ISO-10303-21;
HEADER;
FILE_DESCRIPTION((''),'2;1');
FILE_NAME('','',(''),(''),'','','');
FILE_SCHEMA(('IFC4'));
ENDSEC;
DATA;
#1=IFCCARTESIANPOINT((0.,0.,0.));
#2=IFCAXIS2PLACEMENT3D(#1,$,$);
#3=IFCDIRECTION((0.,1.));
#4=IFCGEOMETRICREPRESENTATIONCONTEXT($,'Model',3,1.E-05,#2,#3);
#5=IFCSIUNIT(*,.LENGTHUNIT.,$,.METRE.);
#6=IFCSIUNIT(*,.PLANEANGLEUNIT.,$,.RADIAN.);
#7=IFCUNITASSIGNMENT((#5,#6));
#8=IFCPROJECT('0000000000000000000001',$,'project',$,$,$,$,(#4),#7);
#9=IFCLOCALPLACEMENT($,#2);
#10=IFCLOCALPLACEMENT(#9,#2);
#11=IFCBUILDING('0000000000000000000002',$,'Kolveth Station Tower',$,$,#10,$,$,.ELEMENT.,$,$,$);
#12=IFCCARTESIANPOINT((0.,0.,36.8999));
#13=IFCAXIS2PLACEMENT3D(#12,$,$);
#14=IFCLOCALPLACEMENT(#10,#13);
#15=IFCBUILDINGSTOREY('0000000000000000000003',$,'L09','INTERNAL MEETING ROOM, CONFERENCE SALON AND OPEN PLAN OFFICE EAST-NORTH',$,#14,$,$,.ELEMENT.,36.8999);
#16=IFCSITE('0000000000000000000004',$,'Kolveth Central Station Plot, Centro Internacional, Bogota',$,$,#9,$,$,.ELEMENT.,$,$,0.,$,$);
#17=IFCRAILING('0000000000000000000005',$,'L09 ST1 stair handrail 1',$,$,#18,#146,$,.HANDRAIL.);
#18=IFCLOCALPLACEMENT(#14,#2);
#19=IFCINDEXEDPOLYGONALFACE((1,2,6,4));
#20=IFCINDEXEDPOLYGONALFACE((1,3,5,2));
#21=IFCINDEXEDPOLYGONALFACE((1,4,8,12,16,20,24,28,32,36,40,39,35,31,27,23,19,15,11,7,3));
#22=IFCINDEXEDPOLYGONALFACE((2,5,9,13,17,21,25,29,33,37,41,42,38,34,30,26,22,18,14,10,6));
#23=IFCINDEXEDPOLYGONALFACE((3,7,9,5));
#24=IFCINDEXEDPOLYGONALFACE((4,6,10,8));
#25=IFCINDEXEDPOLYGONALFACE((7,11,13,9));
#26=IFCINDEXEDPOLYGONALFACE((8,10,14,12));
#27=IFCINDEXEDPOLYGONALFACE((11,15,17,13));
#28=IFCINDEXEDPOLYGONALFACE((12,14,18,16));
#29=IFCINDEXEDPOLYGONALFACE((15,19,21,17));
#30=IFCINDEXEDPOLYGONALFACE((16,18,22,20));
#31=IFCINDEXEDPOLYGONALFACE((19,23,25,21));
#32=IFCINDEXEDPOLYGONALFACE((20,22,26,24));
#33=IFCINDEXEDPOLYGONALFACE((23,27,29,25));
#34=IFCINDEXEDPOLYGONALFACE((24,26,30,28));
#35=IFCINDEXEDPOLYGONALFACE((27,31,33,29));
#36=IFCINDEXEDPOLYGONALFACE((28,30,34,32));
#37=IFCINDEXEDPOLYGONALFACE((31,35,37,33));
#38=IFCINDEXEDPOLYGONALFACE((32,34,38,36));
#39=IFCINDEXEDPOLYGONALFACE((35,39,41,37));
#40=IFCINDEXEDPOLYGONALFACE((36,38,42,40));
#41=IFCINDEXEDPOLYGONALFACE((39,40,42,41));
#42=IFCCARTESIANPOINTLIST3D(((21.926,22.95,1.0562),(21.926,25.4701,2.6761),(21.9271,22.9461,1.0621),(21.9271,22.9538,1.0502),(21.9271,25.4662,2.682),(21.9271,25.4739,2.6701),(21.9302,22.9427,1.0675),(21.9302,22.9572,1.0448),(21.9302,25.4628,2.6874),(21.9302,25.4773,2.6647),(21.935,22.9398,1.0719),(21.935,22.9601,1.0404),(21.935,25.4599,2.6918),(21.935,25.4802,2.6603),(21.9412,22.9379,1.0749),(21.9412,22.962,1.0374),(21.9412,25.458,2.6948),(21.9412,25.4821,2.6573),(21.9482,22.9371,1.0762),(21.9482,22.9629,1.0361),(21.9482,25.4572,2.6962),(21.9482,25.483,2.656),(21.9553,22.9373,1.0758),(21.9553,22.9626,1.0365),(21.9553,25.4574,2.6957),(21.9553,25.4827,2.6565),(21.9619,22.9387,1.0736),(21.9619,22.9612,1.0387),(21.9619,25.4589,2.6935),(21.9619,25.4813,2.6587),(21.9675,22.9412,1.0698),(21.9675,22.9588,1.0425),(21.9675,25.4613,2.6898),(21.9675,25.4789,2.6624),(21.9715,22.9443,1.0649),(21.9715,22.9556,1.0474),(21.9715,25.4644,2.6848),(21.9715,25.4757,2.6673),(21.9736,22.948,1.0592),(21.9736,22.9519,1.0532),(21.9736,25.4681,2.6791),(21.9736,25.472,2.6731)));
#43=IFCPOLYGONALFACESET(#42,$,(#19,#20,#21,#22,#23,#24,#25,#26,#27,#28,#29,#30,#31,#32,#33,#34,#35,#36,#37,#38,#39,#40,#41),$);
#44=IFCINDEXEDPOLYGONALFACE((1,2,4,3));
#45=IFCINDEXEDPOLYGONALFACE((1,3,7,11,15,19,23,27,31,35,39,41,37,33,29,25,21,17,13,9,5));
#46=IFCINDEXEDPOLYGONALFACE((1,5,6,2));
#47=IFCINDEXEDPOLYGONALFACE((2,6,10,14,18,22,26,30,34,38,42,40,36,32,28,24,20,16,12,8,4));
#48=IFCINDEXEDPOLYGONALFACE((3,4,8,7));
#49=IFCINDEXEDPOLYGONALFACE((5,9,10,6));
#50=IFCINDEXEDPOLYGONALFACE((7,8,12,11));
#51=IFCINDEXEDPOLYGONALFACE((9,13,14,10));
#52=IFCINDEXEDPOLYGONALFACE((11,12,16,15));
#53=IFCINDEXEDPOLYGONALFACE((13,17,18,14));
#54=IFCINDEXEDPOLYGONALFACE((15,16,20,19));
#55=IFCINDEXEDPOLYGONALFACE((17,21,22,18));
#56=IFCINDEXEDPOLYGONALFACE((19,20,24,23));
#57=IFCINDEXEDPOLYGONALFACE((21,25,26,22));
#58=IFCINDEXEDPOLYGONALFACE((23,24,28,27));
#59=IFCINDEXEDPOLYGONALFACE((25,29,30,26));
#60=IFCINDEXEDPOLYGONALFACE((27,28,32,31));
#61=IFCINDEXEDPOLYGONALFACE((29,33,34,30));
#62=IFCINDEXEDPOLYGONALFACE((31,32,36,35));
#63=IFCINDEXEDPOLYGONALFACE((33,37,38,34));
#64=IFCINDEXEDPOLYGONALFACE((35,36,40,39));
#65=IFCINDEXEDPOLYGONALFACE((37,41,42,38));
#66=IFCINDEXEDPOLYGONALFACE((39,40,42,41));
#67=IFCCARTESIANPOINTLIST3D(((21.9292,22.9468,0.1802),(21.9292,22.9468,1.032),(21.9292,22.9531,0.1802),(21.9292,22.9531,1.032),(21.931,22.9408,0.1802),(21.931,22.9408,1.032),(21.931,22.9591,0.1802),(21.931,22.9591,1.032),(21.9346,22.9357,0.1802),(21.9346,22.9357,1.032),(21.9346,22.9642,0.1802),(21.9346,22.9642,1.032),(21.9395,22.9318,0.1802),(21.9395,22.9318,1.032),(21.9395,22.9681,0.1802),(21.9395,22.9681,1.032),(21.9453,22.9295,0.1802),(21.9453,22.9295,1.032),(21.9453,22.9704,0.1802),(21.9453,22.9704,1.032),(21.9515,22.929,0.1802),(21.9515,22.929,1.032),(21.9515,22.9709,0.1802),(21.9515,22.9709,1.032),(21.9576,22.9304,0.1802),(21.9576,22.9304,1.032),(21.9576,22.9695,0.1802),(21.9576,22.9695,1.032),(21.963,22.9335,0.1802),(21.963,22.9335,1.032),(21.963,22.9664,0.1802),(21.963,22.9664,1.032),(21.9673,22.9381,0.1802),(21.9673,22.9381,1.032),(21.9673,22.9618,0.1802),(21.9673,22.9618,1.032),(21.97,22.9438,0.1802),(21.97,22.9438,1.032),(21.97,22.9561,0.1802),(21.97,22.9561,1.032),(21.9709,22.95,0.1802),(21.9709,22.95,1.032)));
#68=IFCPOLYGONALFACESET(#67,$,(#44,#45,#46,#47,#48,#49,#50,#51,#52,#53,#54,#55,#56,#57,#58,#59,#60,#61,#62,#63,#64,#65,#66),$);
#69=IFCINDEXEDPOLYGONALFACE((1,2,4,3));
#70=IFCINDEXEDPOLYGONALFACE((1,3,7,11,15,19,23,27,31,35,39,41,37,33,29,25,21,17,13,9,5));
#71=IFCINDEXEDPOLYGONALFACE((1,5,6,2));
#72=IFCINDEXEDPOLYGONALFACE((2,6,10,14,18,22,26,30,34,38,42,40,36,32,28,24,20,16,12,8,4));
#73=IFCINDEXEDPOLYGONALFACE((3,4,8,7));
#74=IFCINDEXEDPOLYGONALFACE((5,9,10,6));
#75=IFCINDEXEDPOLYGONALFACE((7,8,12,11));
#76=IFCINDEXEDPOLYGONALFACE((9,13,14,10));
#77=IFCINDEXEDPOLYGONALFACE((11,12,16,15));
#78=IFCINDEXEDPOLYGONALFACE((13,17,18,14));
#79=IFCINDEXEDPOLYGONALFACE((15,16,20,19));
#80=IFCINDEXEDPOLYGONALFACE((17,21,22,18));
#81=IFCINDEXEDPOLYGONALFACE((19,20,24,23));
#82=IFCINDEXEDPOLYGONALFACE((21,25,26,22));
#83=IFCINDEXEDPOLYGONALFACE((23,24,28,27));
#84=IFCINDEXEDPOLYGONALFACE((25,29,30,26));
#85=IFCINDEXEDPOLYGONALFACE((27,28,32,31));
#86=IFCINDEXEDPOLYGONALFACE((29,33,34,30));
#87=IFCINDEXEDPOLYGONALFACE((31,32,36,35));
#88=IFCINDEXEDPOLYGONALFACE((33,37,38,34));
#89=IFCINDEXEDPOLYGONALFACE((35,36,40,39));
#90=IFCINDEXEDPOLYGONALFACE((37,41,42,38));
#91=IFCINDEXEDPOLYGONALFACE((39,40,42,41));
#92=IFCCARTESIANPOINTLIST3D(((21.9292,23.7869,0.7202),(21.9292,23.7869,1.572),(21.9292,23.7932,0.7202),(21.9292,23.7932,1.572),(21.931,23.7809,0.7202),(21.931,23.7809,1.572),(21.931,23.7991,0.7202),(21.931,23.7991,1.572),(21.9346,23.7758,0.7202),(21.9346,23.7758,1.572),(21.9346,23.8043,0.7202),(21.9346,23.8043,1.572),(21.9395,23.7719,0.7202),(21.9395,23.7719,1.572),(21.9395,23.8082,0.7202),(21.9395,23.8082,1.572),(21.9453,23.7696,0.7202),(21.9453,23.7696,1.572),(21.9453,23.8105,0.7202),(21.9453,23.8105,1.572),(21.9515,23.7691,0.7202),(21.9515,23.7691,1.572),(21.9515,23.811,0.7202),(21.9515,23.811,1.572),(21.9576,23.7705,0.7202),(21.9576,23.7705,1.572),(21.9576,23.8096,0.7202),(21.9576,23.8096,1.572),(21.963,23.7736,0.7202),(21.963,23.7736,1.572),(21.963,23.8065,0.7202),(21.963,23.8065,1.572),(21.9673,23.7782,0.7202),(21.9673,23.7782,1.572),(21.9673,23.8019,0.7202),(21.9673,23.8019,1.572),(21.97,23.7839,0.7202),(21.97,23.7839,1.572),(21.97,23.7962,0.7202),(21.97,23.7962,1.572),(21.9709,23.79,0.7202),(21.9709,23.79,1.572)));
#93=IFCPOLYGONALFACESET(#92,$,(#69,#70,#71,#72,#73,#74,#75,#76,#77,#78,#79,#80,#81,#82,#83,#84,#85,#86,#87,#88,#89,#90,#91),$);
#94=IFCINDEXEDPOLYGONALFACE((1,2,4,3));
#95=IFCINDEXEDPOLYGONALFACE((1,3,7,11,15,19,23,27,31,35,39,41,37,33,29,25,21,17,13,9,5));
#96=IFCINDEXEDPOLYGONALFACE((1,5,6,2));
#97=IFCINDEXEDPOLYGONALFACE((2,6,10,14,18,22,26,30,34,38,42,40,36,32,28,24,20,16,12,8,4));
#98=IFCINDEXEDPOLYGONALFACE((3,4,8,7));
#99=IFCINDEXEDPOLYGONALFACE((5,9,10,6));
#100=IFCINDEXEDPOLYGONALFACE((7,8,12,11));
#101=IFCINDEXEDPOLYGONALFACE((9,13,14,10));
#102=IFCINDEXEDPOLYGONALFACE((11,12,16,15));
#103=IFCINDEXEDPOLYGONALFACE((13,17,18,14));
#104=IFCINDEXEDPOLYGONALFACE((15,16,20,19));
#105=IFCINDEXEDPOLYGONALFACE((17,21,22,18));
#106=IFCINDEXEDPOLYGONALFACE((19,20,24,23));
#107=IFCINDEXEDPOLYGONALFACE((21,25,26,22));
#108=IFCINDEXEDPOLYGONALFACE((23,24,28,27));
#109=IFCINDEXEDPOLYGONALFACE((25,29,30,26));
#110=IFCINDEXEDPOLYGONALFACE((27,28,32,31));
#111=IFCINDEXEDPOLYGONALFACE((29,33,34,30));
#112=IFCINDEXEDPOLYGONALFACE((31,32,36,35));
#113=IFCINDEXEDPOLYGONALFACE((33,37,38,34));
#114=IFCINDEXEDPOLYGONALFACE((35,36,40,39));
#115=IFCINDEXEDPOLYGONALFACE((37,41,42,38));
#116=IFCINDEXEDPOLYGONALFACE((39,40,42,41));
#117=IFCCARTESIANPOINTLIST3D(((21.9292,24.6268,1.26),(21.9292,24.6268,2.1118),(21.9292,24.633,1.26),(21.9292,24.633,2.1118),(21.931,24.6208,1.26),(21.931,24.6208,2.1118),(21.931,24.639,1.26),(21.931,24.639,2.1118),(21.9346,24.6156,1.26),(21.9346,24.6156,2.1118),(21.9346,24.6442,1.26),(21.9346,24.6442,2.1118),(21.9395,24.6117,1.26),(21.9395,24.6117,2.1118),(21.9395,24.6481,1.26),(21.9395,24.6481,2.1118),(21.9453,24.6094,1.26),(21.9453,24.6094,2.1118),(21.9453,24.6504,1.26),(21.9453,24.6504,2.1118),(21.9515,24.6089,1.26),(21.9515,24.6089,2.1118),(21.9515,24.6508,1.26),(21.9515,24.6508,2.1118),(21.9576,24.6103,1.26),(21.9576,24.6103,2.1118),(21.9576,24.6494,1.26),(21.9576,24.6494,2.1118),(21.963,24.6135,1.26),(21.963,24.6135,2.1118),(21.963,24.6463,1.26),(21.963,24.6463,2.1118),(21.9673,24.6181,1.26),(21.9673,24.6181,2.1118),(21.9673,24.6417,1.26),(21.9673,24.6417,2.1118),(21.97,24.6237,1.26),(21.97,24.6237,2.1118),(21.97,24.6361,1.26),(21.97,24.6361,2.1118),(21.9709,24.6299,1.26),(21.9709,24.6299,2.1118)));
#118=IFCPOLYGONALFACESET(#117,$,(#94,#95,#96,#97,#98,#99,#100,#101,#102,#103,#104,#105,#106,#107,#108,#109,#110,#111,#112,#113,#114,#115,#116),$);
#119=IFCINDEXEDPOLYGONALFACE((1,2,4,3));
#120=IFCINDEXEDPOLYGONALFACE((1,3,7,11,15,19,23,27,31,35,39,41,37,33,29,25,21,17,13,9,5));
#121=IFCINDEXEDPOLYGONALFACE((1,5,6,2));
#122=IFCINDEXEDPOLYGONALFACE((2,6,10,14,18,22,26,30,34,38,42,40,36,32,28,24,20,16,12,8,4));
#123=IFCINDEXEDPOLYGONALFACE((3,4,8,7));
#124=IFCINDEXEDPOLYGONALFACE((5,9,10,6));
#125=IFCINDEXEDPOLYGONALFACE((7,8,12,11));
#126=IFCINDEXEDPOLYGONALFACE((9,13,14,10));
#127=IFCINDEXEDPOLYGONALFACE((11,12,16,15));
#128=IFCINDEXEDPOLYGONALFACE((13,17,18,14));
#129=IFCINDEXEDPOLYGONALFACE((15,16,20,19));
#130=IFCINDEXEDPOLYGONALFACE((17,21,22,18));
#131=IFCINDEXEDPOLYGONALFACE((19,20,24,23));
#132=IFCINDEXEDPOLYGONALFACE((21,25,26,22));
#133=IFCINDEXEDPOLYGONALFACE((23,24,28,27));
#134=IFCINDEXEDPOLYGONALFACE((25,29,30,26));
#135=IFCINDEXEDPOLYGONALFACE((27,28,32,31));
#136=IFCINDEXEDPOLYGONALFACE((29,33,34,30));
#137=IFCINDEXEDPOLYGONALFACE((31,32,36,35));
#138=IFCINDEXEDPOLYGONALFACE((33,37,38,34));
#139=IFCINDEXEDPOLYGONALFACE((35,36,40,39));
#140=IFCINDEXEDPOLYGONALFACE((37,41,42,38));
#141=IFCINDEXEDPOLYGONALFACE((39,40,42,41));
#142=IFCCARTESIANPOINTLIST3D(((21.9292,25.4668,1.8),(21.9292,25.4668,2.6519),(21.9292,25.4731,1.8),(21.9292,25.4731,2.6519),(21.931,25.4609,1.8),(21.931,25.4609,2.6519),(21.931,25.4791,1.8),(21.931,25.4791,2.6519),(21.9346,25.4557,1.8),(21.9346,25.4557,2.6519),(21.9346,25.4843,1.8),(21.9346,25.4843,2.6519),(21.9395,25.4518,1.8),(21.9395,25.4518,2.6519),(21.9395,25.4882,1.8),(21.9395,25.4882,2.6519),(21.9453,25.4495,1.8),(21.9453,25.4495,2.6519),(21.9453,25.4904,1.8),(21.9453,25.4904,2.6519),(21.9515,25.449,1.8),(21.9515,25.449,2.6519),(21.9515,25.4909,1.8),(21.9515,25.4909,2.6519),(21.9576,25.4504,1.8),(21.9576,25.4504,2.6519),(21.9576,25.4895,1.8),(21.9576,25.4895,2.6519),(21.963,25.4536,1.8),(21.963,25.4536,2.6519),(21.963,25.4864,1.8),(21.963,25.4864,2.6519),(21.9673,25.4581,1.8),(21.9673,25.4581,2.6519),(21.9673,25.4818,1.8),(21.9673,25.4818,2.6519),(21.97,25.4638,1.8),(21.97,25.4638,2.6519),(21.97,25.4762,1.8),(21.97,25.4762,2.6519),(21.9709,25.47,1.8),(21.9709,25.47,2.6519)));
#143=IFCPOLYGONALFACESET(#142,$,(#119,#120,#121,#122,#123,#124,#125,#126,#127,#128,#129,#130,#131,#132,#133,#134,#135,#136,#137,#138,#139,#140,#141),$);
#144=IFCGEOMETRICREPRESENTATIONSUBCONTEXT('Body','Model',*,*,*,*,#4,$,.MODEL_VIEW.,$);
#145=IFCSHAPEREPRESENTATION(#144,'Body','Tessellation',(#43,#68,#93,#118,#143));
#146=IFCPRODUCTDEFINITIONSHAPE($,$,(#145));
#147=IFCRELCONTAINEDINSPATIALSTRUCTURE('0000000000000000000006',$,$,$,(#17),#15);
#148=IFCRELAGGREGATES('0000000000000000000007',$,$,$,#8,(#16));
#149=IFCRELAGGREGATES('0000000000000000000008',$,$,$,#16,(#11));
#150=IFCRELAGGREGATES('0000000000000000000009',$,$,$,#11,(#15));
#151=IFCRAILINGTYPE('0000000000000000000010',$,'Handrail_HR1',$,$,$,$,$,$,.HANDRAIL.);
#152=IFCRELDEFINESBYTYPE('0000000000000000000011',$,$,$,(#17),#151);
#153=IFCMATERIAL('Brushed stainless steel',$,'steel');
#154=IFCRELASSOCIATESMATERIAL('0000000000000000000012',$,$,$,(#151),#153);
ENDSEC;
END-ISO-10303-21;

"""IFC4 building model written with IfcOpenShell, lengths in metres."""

from ifc_helpers import new_model, si_unit, direction, frame, origin, origin_2d, place, context, subcontext, project, spatial, circle, extrude, material, type_object, element, save


model = new_model("IFC4")

# Units and contexts
model_context = context("Model", 3, precision=1e-05, world=origin(), true_north=direction((0.0, 1.0)))
body_context = subcontext(model_context, "Body", "Model", "MODEL_VIEW")
ifc_project = project(units=[si_unit("LENGTHUNIT", "METRE"), si_unit("PLANEANGLEUNIT", "RADIAN")], contexts=[model_context])

# Site, building, storey
site_placement = place(None, origin())
site = spatial("IfcSite", under=ifc_project, at=site_placement, Name="Kolveth Central Station Plot, Centro Internacional, Bogota", CompositionType="ELEMENT", RefElevation=0.0)
building_placement = place(site_placement, origin())
building = spatial("IfcBuilding", under=site, at=building_placement, Name="Kolveth Station Tower", CompositionType="ELEMENT")
storey_placement = place(building_placement, frame((0.0, 0.0, 36.8999)))
storey = spatial("IfcBuildingStorey", under=building, at=storey_placement, Name="L09", Description="INTERNAL MEETING ROOM, CONFERENCE SALON AND OPEN PLAN OFFICE EAST-NORTH", CompositionType="ELEMENT", Elevation=36.8999)

# Railing
ifc_material_1 = material(Name="Brushed stainless steel", Category="steel")
railing_type_1 = type_object("IfcRailingType", Name="Handrail_HR1", PredefinedType="HANDRAIL", material=ifc_material_1)
railing_1_placement = place(storey_placement, frame((21.95, 22.95, 0.1802)))
element("IfcRailing", 1, at=railing_1_placement, inside=storey, type_object=railing_type_1, Name="L09 ST1 stair handrail 1", PredefinedType="HANDRAIL", context=body_context, shape_type="SweptSolid", body=[
    extrude(circle(Radius=0.0239, at=origin_2d()), frame((0.0, 0.0, 0.876), z_axis=(0.0, 0.8412, 0.540725), x_axis=(-1.0, 0.0, 0.0)), (0.0, 0.0, 1.0), 2.9958),
    extrude(circle(Radius=0.021, at=origin_2d()), origin(), (0.0, 0.0, 1.0), 0.8518),
    extrude(circle(Radius=0.021, at=origin_2d()), frame((0.0, 0.8401, 0.54)), (0.0, 0.0, 1.0), 0.8518),
    extrude(circle(Radius=0.021, at=origin_2d()), frame((0.0, 1.6799, 1.0798)), (0.0, 0.0, 1.0), 0.8518),
    extrude(circle(Radius=0.021, at=origin_2d()), frame((0.0, 2.52, 1.6199)), (0.0, 0.0, 1.0), 0.8518),
])

save(model, "model.ifc")
